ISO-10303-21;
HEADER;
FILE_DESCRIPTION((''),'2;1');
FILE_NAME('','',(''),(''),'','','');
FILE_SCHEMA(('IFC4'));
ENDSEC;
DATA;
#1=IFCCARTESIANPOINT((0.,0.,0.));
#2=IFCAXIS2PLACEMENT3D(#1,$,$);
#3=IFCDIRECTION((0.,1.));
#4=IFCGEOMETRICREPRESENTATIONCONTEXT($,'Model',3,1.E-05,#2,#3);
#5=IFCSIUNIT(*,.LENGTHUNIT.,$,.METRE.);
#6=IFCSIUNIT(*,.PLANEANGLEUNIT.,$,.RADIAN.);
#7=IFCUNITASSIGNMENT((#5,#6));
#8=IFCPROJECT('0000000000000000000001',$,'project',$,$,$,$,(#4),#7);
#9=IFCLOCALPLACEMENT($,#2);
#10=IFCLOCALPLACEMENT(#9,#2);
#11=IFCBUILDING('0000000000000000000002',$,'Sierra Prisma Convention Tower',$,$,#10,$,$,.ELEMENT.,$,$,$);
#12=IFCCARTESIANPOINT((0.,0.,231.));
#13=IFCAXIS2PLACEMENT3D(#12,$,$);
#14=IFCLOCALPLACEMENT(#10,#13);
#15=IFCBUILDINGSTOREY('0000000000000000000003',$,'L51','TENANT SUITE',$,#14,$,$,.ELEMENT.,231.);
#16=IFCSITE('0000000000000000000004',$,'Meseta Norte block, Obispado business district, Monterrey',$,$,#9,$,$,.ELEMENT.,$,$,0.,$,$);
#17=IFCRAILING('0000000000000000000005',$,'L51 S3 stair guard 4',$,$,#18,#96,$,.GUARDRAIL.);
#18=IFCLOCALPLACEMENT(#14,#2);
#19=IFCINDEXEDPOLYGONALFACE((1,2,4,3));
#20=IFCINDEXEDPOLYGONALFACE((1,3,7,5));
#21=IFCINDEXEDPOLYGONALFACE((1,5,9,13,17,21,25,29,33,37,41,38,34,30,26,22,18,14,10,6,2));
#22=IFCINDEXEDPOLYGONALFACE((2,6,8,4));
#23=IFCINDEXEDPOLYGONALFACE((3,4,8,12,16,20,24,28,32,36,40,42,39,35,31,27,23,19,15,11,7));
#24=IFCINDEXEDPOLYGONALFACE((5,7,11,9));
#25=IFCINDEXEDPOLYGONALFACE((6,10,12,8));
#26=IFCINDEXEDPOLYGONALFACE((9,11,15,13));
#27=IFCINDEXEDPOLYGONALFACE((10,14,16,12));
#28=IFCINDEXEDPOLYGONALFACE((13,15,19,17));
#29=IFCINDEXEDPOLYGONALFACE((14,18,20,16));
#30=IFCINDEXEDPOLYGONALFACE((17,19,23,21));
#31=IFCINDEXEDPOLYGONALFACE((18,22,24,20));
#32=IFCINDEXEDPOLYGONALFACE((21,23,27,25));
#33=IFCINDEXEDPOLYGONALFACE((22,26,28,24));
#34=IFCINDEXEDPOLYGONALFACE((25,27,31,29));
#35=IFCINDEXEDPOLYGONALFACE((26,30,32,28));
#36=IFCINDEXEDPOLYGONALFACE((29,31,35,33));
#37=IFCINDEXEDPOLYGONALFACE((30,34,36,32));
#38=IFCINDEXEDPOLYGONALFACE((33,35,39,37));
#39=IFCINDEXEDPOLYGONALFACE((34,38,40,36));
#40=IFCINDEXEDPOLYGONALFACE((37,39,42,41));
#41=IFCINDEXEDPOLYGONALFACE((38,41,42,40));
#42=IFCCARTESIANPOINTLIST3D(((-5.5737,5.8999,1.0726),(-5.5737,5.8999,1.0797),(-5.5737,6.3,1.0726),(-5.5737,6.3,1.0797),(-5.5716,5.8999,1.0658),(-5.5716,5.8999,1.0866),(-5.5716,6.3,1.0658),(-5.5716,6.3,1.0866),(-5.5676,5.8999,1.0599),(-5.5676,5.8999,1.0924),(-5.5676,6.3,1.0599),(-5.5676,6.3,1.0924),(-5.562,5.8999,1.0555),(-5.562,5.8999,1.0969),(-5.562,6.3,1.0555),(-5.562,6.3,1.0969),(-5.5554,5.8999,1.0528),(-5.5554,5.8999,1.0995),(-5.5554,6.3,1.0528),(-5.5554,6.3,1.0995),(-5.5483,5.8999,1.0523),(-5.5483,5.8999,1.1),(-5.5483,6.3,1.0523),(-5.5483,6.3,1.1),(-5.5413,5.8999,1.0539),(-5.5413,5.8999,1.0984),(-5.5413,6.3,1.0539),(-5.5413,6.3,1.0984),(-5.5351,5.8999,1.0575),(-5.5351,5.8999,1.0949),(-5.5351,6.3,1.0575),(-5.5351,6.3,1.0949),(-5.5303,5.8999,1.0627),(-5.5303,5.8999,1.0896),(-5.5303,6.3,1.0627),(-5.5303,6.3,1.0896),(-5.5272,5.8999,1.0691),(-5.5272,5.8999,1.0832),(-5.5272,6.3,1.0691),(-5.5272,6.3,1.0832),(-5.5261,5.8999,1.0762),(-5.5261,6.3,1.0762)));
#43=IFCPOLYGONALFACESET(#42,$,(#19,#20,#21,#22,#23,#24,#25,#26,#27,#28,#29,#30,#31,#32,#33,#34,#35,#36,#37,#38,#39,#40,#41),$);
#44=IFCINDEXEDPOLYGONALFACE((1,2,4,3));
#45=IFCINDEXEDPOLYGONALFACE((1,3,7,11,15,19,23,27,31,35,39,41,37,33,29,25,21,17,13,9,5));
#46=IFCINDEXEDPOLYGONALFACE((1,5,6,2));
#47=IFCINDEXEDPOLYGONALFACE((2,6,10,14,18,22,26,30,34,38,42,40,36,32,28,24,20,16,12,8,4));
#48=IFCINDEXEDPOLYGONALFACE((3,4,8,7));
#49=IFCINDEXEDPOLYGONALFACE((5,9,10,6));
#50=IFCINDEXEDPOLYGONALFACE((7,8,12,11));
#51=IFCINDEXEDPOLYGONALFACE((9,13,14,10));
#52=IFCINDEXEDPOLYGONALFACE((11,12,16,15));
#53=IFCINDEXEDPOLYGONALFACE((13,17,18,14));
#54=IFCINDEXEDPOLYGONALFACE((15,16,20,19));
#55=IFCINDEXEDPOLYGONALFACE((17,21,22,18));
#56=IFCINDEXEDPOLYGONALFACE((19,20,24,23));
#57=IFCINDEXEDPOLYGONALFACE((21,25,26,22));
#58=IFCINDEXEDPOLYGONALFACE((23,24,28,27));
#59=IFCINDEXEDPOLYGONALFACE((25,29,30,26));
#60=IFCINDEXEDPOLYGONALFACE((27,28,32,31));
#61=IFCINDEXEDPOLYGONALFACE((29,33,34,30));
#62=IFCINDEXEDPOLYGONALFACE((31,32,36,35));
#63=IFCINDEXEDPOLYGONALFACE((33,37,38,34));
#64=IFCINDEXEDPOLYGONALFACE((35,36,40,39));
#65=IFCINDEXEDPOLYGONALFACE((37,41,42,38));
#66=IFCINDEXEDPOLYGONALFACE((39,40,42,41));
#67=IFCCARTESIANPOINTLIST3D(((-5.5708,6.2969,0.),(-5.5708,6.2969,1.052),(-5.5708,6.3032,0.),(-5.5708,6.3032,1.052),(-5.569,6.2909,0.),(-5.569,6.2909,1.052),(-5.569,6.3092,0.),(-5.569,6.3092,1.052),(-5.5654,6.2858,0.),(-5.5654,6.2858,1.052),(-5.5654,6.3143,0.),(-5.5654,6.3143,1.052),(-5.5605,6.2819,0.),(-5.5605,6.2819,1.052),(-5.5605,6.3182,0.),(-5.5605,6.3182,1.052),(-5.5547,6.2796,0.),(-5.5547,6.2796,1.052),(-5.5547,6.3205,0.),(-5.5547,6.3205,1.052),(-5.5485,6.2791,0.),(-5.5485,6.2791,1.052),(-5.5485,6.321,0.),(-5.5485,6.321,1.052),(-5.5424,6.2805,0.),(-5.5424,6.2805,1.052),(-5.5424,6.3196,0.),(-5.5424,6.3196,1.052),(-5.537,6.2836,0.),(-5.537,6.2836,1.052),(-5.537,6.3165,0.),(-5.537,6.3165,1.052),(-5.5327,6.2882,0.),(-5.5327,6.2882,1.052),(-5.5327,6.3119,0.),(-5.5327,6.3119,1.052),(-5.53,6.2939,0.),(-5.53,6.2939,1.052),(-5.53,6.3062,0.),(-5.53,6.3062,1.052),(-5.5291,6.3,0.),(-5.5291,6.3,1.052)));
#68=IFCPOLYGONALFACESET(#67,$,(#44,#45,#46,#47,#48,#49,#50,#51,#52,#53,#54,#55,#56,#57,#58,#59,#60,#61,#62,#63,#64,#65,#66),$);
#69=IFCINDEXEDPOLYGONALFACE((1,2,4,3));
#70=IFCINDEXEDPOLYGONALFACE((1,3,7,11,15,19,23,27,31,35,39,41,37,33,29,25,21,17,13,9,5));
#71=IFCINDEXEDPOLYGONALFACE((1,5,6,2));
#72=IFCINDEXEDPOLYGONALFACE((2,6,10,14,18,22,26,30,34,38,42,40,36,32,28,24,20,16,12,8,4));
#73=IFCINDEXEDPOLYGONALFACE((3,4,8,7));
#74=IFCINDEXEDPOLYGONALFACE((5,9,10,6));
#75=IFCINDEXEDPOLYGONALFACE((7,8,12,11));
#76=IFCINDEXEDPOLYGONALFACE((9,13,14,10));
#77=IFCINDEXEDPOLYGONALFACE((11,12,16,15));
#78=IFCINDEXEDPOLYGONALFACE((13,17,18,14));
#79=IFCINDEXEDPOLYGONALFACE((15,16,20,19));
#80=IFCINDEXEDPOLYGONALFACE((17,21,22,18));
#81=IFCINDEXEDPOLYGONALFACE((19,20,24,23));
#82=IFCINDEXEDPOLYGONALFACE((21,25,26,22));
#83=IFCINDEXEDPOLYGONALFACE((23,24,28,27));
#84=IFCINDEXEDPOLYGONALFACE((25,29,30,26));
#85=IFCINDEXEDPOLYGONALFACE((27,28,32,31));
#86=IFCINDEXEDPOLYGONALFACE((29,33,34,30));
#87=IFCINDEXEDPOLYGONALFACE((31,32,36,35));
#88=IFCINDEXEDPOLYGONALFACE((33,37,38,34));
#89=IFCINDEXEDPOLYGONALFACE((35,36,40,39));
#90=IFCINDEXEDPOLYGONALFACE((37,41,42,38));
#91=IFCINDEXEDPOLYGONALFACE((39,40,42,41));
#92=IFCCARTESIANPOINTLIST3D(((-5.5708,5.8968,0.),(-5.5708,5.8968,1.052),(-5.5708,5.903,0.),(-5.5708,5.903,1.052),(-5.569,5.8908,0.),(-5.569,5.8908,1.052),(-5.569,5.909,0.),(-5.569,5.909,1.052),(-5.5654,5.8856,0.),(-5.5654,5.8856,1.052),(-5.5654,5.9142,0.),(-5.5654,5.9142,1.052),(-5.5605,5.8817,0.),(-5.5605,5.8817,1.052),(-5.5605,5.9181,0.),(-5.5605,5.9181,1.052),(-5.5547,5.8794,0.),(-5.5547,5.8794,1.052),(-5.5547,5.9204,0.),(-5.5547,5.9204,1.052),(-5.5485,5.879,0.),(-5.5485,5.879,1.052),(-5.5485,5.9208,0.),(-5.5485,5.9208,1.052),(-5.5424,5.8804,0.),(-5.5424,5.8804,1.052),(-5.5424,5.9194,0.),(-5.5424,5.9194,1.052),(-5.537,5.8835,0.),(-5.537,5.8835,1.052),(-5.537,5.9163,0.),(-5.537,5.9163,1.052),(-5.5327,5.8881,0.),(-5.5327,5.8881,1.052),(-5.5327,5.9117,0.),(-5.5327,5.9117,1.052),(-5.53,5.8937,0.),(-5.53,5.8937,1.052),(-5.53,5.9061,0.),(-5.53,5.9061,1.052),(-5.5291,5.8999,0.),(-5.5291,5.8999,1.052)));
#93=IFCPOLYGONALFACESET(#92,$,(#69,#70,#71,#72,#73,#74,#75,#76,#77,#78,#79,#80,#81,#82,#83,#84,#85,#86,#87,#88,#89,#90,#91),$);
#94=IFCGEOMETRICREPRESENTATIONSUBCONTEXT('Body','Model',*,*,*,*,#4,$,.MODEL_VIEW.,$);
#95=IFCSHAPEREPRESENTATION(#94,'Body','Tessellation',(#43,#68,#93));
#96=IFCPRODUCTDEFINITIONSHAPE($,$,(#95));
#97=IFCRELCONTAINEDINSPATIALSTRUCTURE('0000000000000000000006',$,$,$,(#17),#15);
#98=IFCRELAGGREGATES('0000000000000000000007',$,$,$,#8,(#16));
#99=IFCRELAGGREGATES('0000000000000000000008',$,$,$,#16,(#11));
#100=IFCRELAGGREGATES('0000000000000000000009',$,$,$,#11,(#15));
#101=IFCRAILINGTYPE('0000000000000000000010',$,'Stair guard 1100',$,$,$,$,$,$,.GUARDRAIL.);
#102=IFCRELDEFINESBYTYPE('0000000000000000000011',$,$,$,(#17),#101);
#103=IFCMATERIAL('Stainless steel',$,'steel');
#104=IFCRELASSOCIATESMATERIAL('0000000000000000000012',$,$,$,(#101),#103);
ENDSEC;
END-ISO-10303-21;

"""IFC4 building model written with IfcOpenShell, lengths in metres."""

from ifc_helpers import new_model, si_unit, direction, frame, origin, origin_2d, place, context, subcontext, project, spatial, circle, extrude, material, type_object, element, save


model = new_model("IFC4")

# Units and contexts
model_context = context("Model", 3, precision=1e-05, world=origin(), true_north=direction((0.0, 1.0)))
body_context = subcontext(model_context, "Body", "Model", "MODEL_VIEW")
ifc_project = project(units=[si_unit("LENGTHUNIT", "METRE"), si_unit("PLANEANGLEUNIT", "RADIAN")], contexts=[model_context])

# Site, building, storey
site_placement = place(None, origin())
site = spatial("IfcSite", under=ifc_project, at=site_placement, Name="Meseta Norte block, Obispado business district, Monterrey", CompositionType="ELEMENT", RefElevation=0.0)
building_placement = place(site_placement, origin())
building = spatial("IfcBuilding", under=site, at=building_placement, Name="Sierra Prisma Convention Tower", CompositionType="ELEMENT")
storey_placement = place(building_placement, frame((0.0, 0.0, 231.0)))
storey = spatial("IfcBuildingStorey", under=building, at=storey_placement, Name="L51", Description="TENANT SUITE", CompositionType="ELEMENT", Elevation=231.0)

# Railing
ifc_material_1 = material(Name="Stainless steel", Category="steel")
railing_type_1 = type_object("IfcRailingType", Name="Stair guard 1100", PredefinedType="GUARDRAIL", material=ifc_material_1)
railing_1_placement = place(storey_placement, frame((-5.55, 6.3, 0.0)))
element("IfcRailing", 1, at=railing_1_placement, inside=storey, type_object=railing_type_1, Name="L51 S3 stair guard 4", PredefinedType="GUARDRAIL", context=body_context, shape_type="SweptSolid", body=[
    extrude(circle(Radius=0.0239, at=origin_2d()), frame((0.0, 0.0, 1.0762), z_axis=(0.0, -1.0, 0.0), x_axis=(1.0, 0.0, 0.0)), (0.0, 0.0, 1.0), 0.4001),
    extrude(circle(Radius=0.021, at=origin_2d()), origin(), (0.0, 0.0, 1.0), 1.052),
    extrude(circle(Radius=0.021, at=origin_2d()), frame((0.0, -0.4001, 0.0)), (0.0, 0.0, 1.0), 1.052),
])

save(model, "model.ifc")
